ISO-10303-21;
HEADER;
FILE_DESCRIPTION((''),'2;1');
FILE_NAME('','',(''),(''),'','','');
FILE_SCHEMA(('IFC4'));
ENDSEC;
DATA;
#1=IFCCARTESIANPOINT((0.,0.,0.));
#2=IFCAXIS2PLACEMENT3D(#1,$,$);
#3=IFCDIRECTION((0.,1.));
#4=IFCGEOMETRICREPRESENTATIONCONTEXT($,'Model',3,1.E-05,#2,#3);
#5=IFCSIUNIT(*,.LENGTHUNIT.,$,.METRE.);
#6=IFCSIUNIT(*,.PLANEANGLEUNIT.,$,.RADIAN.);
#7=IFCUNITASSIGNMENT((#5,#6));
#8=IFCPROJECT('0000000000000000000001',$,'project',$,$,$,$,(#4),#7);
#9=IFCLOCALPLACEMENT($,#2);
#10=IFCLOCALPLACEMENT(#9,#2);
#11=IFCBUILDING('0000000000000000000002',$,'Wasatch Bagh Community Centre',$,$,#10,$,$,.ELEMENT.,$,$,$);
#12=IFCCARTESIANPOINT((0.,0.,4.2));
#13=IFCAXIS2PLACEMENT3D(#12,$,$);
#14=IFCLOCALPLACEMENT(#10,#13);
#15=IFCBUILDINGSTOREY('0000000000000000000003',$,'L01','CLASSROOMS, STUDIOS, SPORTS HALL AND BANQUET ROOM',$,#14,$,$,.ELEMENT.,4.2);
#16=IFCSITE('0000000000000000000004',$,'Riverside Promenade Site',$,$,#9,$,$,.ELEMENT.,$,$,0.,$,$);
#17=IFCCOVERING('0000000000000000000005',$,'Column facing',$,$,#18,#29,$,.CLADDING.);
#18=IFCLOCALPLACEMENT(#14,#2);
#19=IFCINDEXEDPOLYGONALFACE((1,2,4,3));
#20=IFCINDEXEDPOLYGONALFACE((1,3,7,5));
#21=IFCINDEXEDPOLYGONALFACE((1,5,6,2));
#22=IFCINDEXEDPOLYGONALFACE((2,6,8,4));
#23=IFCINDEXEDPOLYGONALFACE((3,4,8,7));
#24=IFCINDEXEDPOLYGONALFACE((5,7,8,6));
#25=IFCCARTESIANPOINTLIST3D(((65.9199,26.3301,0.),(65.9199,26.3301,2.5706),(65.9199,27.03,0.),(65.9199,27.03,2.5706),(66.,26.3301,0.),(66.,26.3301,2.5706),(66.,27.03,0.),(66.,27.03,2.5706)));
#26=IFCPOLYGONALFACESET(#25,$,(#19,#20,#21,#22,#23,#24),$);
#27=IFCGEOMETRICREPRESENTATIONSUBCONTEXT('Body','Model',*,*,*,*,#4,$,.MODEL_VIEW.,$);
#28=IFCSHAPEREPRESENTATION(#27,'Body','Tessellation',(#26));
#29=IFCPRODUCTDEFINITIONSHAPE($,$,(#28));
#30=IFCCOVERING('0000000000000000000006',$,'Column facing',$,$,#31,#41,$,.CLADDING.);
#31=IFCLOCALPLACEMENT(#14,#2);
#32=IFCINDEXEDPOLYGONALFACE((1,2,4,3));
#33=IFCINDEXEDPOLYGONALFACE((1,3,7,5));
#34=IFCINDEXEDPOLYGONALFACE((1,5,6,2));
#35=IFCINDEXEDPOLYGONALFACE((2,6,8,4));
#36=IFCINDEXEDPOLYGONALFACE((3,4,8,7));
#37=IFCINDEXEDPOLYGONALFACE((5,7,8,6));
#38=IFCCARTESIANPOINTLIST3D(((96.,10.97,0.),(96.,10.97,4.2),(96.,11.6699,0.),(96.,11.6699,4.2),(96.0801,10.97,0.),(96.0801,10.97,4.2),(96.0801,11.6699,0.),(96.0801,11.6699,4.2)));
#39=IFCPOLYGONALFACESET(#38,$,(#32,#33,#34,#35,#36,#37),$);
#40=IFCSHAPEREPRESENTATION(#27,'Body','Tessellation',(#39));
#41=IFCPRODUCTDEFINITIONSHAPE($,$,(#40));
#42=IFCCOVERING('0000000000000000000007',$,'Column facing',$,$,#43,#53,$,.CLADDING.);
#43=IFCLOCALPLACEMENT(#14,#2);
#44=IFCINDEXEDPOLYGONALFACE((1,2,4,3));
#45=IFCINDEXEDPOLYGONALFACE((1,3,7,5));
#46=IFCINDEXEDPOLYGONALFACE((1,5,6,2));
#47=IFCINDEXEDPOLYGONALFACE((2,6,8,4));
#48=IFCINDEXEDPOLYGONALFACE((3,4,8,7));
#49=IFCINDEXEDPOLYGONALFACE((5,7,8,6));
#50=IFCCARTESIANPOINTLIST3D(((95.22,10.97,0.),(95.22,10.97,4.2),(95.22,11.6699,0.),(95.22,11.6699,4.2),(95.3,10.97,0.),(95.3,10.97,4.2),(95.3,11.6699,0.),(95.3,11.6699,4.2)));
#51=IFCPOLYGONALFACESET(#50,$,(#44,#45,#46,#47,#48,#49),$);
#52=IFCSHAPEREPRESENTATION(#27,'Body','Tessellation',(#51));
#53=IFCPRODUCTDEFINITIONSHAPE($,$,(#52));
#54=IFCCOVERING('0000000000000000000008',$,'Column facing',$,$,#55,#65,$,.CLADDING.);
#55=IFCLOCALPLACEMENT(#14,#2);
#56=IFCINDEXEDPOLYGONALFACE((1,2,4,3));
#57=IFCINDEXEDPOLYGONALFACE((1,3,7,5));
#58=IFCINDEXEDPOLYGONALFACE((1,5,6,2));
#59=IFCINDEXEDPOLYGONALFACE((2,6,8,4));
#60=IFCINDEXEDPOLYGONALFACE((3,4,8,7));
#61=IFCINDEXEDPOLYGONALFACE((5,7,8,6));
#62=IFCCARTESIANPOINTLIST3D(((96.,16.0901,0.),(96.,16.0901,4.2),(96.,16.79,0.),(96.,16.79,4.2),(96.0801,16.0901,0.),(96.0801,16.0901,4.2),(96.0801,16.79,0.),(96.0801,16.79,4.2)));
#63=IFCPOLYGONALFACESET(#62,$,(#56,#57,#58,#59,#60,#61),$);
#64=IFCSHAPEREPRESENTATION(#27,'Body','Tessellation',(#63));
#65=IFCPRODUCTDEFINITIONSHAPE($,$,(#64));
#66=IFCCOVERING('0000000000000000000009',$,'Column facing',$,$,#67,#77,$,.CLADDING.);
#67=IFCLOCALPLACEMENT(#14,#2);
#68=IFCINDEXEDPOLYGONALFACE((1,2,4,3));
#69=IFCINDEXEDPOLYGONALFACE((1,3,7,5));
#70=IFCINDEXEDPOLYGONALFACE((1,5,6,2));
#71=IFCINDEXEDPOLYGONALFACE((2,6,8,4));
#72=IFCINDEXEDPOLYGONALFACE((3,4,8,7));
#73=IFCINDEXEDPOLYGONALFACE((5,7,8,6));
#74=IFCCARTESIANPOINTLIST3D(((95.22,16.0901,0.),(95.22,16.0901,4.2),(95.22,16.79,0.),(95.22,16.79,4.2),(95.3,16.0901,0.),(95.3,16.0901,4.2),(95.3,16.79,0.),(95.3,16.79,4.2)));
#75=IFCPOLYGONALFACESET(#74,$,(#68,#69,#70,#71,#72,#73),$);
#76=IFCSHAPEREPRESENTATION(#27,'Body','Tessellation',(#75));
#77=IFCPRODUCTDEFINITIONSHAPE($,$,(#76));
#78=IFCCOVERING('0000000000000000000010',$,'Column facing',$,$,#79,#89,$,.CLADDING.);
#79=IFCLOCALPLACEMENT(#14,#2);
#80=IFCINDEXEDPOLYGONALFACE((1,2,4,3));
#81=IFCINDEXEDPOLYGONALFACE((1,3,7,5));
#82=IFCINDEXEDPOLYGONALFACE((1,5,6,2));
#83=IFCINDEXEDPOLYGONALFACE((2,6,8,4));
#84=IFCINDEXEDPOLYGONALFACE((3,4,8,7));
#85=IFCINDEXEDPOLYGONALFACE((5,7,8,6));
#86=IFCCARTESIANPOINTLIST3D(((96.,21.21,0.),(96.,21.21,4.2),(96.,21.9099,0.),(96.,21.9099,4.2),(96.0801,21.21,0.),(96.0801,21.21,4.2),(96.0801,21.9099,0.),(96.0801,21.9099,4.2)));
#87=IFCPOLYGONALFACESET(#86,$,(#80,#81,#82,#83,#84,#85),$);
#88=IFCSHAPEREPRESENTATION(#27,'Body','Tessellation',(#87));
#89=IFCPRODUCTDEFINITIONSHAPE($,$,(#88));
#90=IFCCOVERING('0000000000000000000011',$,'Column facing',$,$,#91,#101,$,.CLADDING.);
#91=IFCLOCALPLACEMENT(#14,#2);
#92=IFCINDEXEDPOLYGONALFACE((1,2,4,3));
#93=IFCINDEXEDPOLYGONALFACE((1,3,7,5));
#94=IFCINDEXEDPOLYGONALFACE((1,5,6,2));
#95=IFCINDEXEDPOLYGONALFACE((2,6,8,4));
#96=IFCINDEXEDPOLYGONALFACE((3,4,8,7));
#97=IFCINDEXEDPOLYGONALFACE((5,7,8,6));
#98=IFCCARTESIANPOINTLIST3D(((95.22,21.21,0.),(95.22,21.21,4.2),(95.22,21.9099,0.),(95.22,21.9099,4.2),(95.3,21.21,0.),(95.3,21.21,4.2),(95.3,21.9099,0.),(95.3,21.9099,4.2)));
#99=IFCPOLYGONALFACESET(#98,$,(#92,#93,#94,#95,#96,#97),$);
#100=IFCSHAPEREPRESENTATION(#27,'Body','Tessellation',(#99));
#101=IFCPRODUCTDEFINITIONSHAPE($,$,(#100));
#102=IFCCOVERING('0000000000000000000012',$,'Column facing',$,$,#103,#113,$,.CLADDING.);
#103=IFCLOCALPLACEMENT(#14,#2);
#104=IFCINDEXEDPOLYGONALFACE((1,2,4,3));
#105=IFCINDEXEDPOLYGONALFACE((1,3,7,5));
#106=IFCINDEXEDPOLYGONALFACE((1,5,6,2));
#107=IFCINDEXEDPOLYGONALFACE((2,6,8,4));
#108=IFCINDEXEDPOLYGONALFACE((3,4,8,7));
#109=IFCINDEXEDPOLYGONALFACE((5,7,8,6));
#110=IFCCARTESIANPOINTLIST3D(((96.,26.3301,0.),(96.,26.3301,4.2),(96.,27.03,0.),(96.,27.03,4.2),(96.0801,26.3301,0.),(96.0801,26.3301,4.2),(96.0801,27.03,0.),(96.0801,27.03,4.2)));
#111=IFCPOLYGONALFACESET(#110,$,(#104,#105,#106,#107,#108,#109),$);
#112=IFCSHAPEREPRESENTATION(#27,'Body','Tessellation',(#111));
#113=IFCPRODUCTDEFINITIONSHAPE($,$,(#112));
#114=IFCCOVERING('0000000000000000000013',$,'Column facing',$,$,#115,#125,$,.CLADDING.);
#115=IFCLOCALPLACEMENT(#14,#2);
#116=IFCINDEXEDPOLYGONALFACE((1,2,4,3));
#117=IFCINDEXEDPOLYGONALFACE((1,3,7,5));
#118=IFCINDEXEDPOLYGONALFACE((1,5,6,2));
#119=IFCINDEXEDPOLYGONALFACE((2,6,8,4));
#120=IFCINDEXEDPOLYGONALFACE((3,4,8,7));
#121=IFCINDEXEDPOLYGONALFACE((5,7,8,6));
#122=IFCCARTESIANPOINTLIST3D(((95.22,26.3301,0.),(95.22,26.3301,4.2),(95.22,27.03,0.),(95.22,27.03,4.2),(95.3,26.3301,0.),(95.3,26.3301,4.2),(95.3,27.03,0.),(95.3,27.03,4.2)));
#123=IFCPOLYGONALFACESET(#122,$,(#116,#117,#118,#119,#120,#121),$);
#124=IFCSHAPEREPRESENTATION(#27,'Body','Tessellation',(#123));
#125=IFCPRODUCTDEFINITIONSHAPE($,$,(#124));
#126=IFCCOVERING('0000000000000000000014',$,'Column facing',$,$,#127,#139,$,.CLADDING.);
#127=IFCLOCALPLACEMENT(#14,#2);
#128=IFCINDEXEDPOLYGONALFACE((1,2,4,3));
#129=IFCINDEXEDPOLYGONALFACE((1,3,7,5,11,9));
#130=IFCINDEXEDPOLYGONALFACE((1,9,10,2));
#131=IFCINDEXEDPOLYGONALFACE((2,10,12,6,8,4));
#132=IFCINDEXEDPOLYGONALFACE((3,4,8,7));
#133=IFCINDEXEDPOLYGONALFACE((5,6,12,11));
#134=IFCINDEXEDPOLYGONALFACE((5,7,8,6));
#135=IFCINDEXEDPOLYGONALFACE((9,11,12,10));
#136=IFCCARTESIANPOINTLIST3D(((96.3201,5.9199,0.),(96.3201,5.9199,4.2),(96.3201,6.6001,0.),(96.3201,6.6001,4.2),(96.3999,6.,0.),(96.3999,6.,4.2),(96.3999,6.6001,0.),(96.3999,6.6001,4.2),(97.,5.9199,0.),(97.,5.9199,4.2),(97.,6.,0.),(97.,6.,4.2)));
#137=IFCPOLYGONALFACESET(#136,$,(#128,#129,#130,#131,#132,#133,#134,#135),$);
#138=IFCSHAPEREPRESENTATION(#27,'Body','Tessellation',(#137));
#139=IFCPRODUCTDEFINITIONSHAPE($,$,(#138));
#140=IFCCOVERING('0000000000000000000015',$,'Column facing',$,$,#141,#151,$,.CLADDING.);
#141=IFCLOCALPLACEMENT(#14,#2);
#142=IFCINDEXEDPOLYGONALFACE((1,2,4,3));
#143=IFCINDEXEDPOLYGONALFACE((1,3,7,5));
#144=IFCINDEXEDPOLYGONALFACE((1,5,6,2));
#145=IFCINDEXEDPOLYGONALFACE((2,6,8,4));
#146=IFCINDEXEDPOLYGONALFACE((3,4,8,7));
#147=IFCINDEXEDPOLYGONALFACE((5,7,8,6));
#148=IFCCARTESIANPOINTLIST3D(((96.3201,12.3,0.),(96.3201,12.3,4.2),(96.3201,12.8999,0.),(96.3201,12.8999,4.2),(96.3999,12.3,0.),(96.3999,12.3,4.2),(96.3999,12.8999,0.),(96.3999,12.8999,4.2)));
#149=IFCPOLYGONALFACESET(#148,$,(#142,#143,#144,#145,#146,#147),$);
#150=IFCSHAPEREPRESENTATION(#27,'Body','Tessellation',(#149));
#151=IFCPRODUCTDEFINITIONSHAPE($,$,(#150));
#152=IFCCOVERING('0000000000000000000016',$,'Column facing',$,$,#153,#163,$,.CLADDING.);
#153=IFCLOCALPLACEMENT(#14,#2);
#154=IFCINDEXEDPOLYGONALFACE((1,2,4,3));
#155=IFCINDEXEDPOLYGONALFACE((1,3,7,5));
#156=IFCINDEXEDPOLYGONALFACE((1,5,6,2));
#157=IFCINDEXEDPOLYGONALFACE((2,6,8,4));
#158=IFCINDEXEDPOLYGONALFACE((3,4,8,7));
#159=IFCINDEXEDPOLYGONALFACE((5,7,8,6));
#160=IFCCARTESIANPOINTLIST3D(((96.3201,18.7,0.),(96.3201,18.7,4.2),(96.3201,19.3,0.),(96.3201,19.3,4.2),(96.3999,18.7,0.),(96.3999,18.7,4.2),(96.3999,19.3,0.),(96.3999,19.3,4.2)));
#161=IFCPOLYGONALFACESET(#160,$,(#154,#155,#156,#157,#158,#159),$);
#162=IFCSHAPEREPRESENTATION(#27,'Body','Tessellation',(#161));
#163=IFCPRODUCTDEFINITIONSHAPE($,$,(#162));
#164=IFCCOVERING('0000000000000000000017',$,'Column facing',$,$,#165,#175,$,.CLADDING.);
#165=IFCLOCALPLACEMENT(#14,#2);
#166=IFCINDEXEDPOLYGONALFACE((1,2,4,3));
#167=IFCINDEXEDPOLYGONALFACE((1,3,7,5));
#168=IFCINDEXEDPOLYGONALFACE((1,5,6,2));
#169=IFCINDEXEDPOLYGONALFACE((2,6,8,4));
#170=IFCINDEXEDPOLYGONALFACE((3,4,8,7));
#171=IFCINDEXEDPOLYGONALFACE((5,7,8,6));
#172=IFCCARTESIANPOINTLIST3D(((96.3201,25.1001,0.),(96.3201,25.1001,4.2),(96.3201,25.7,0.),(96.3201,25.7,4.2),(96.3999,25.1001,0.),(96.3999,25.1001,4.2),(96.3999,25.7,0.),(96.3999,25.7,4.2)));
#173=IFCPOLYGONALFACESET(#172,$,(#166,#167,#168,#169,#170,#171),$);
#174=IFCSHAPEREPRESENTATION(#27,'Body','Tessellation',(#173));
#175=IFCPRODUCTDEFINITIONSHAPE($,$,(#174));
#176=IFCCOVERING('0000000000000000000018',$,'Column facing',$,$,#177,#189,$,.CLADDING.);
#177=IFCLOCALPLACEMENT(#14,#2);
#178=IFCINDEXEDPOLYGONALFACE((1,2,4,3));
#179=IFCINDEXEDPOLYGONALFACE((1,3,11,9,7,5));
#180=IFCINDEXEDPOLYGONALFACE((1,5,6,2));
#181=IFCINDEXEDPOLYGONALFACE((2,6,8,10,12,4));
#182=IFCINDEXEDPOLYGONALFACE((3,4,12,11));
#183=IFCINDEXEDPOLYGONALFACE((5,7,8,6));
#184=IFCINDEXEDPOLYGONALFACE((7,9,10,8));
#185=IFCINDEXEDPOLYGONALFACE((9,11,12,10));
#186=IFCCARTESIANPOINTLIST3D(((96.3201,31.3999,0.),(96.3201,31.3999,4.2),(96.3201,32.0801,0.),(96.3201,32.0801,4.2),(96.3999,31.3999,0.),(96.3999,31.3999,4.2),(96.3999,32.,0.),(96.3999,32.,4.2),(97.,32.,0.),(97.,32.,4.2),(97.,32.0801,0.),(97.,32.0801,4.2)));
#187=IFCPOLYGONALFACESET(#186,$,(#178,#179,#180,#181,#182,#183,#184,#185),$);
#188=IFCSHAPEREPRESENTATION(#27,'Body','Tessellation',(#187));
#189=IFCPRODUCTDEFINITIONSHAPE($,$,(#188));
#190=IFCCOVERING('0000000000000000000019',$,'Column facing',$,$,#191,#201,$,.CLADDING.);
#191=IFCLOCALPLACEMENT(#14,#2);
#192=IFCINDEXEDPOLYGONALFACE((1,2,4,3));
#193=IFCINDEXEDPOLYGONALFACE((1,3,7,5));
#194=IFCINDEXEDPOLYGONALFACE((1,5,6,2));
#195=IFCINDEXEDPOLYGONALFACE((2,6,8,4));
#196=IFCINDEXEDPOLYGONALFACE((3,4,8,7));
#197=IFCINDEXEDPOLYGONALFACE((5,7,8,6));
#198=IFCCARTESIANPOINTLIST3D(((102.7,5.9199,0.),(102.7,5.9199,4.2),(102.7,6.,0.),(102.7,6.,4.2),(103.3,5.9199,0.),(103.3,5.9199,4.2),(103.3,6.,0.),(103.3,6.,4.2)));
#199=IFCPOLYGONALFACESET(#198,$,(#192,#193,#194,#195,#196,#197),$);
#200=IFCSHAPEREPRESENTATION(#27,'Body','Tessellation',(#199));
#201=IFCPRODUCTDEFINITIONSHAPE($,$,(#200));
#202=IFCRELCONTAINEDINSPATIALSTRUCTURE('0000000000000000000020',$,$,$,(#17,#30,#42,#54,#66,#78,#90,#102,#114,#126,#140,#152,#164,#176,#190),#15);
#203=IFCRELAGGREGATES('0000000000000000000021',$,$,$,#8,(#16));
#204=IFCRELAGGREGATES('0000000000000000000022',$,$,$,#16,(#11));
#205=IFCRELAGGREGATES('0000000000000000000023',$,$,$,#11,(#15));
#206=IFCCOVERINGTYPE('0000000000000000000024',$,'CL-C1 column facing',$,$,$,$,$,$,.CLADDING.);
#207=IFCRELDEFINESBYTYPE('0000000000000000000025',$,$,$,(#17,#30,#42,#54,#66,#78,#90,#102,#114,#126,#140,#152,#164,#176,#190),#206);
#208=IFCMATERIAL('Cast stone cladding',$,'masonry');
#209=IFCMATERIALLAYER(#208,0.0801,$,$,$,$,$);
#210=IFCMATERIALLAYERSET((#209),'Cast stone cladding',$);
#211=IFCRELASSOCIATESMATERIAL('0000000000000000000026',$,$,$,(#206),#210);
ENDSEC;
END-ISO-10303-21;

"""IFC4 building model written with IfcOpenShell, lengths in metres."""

from ifc_helpers import new_model, si_unit, direction, frame, origin, place, context, subcontext, project, spatial, polyline, outline, extrude, material, layer, layer_set, type_object, element, save


model = new_model("IFC4")

# Units and contexts
model_context = context("Model", 3, precision=1e-05, world=origin(), true_north=direction((0.0, 1.0)))
body_context = subcontext(model_context, "Body", "Model", "MODEL_VIEW")
ifc_project = project(units=[si_unit("LENGTHUNIT", "METRE"), si_unit("PLANEANGLEUNIT", "RADIAN")], contexts=[model_context])

# Site, building, storey
site_placement = place(None, origin())
site = spatial("IfcSite", under=ifc_project, at=site_placement, Name="Riverside Promenade Site", CompositionType="ELEMENT", RefElevation=0.0)
building_placement = place(site_placement, origin())
building = spatial("IfcBuilding", under=site, at=building_placement, Name="Wasatch Bagh Community Centre", CompositionType="ELEMENT")
storey_placement = place(building_placement, frame((0.0, 0.0, 4.2)))
storey = spatial("IfcBuildingStorey", under=building, at=storey_placement, Name="L01", Description="CLASSROOMS, STUDIOS, SPORTS HALL AND BANQUET ROOM", CompositionType="ELEMENT", Elevation=4.2)

# Coverings
ifc_material = material(Name="Cast stone cladding", Category="masonry")
ifc_layer = layer(ifc_material, 0.0801)
ifc_layer_set = layer_set([ifc_layer], Name="Cast stone cladding")
covering_type = type_object("IfcCoveringType", Name="CL-C1 column facing", PredefinedType="CLADDING", material=ifc_layer_set)
covering_1_placement = place(storey_placement, origin())
element("IfcCovering", 1, at=covering_1_placement, inside=storey, type_object=covering_type, Name="Column facing", PredefinedType="CLADDING", context=body_context, shape_type="SweptSolid", body=[
    extrude(outline(polyline([(66.0, 27.03), (66.0, 26.3301), (65.9199, 26.3301), (65.9199, 27.03), (66.0, 27.03)])), origin(), (0.0, 0.0, 1.0), 2.5706),
])
covering_2_placement = place(storey_placement, origin())
element("IfcCovering", 2, at=covering_2_placement, inside=storey, type_object=covering_type, Name="Column facing", PredefinedType="CLADDING", context=body_context, shape_type="SweptSolid", body=[
    extrude(outline(polyline([(96.0, 11.6699), (96.0801, 11.6699), (96.0801, 10.97), (96.0, 10.97), (96.0, 11.6699)])), origin(), (0.0, 0.0, 1.0), 4.2),
])
covering_3_placement = place(storey_placement, origin())
element("IfcCovering", 3, at=covering_3_placement, inside=storey, type_object=covering_type, Name="Column facing", PredefinedType="CLADDING", context=body_context, shape_type="SweptSolid", body=[
    extrude(outline(polyline([(95.3, 10.97), (95.22, 10.97), (95.22, 11.6699), (95.3, 11.6699), (95.3, 10.97)])), origin(), (0.0, 0.0, 1.0), 4.2),
])
covering_4_placement = place(storey_placement, origin())
element("IfcCovering", 4, at=covering_4_placement, inside=storey, type_object=covering_type, Name="Column facing", PredefinedType="CLADDING", context=body_context, shape_type="SweptSolid", body=[
    extrude(outline(polyline([(96.0, 16.79), (96.0801, 16.79), (96.0801, 16.0901), (96.0, 16.0901), (96.0, 16.79)])), origin(), (0.0, 0.0, 1.0), 4.2),
])
covering_5_placement = place(storey_placement, origin())
element("IfcCovering", 5, at=covering_5_placement, inside=storey, type_object=covering_type, Name="Column facing", PredefinedType="CLADDING", context=body_context, shape_type="SweptSolid", body=[
    extrude(outline(polyline([(95.3, 16.0901), (95.22, 16.0901), (95.22, 16.79), (95.3, 16.79), (95.3, 16.0901)])), origin(), (0.0, 0.0, 1.0), 4.2),
])
covering_6_placement = place(storey_placement, origin())
element("IfcCovering", 6, at=covering_6_placement, inside=storey, type_object=covering_type, Name="Column facing", PredefinedType="CLADDING", context=body_context, shape_type="SweptSolid", body=[
    extrude(outline(polyline([(96.0, 21.9099), (96.0801, 21.9099), (96.0801, 21.21), (96.0, 21.21), (96.0, 21.9099)])), origin(), (0.0, 0.0, 1.0), 4.2),
])
covering_7_placement = place(storey_placement, origin())
element("IfcCovering", 7, at=covering_7_placement, inside=storey, type_object=covering_type, Name="Column facing", PredefinedType="CLADDING", context=body_context, shape_type="SweptSolid", body=[
    extrude(outline(polyline([(95.3, 21.21), (95.22, 21.21), (95.22, 21.9099), (95.3, 21.9099), (95.3, 21.21)])), origin(), (0.0, 0.0, 1.0), 4.2),
])
covering_8_placement = place(storey_placement, origin())
element("IfcCovering", 8, at=covering_8_placement, inside=storey, type_object=covering_type, Name="Column facing", PredefinedType="CLADDING", context=body_context, shape_type="SweptSolid", body=[
    extrude(outline(polyline([(96.0, 27.03), (96.0801, 27.03), (96.0801, 26.3301), (96.0, 26.3301), (96.0, 27.03)])), origin(), (0.0, 0.0, 1.0), 4.2),
])
covering_9_placement = place(storey_placement, origin())
element("IfcCovering", 9, at=covering_9_placement, inside=storey, type_object=covering_type, Name="Column facing", PredefinedType="CLADDING", context=body_context, shape_type="SweptSolid", body=[
    extrude(outline(polyline([(95.3, 26.3301), (95.22, 26.3301), (95.22, 27.03), (95.3, 27.03), (95.3, 26.3301)])), origin(), (0.0, 0.0, 1.0), 4.2),
])
covering_10_placement = place(storey_placement, origin())
element("IfcCovering", 10, at=covering_10_placement, inside=storey, type_object=covering_type, Name="Column facing", PredefinedType="CLADDING", context=body_context, shape_type="SweptSolid", body=[
    extrude(outline(polyline([(96.3201, 5.9199), (96.3201, 6.6001), (96.3999, 6.6001), (96.3999, 6.0), (97.0, 6.0), (97.0, 5.9199), (96.3201, 5.9199)])), origin(), (0.0, 0.0, 1.0), 4.2),
])
covering_11_placement = place(storey_placement, origin())
element("IfcCovering", 11, at=covering_11_placement, inside=storey, type_object=covering_type, Name="Column facing", PredefinedType="CLADDING", context=body_context, shape_type="SweptSolid", body=[
    extrude(outline(polyline([(96.3999, 12.8999), (96.3999, 12.3), (96.3201, 12.3), (96.3201, 12.8999), (96.3999, 12.8999)])), origin(), (0.0, 0.0, 1.0), 4.2),
])
covering_12_placement = place(storey_placement, origin())
element("IfcCovering", 12, at=covering_12_placement, inside=storey, type_object=covering_type, Name="Column facing", PredefinedType="CLADDING", context=body_context, shape_type="SweptSolid", body=[
    extrude(outline(polyline([(96.3999, 19.3), (96.3999, 18.7), (96.3201, 18.7), (96.3201, 19.3), (96.3999, 19.3)])), origin(), (0.0, 0.0, 1.0), 4.2),
])
covering_13_placement = place(storey_placement, origin())
element("IfcCovering", 13, at=covering_13_placement, inside=storey, type_object=covering_type, Name="Column facing", PredefinedType="CLADDING", context=body_context, shape_type="SweptSolid", body=[
    extrude(outline(polyline([(96.3999, 25.7), (96.3999, 25.1001), (96.3201, 25.1001), (96.3201, 25.7), (96.3999, 25.7)])), origin(), (0.0, 0.0, 1.0), 4.2),
])
covering_14_placement = place(storey_placement, origin())
element("IfcCovering", 14, at=covering_14_placement, inside=storey, type_object=covering_type, Name="Column facing", PredefinedType="CLADDING", context=body_context, shape_type="SweptSolid", body=[
    extrude(outline(polyline([(96.3999, 31.3999), (96.3201, 31.3999), (96.3201, 32.0801), (97.0, 32.0801), (97.0, 32.0), (96.3999, 32.0), (96.3999, 31.3999)])), origin(), (0.0, 0.0, 1.0), 4.2),
])
covering_15_placement = place(storey_placement, origin())
element("IfcCovering", 15, at=covering_15_placement, inside=storey, type_object=covering_type, Name="Column facing", PredefinedType="CLADDING", context=body_context, shape_type="SweptSolid", body=[
    extrude(outline(polyline([(102.7, 6.0), (103.3, 6.0), (103.3, 5.9199), (102.7, 5.9199), (102.7, 6.0)])), origin(), (0.0, 0.0, 1.0), 4.2),
])

save(model, "model.ifc")
